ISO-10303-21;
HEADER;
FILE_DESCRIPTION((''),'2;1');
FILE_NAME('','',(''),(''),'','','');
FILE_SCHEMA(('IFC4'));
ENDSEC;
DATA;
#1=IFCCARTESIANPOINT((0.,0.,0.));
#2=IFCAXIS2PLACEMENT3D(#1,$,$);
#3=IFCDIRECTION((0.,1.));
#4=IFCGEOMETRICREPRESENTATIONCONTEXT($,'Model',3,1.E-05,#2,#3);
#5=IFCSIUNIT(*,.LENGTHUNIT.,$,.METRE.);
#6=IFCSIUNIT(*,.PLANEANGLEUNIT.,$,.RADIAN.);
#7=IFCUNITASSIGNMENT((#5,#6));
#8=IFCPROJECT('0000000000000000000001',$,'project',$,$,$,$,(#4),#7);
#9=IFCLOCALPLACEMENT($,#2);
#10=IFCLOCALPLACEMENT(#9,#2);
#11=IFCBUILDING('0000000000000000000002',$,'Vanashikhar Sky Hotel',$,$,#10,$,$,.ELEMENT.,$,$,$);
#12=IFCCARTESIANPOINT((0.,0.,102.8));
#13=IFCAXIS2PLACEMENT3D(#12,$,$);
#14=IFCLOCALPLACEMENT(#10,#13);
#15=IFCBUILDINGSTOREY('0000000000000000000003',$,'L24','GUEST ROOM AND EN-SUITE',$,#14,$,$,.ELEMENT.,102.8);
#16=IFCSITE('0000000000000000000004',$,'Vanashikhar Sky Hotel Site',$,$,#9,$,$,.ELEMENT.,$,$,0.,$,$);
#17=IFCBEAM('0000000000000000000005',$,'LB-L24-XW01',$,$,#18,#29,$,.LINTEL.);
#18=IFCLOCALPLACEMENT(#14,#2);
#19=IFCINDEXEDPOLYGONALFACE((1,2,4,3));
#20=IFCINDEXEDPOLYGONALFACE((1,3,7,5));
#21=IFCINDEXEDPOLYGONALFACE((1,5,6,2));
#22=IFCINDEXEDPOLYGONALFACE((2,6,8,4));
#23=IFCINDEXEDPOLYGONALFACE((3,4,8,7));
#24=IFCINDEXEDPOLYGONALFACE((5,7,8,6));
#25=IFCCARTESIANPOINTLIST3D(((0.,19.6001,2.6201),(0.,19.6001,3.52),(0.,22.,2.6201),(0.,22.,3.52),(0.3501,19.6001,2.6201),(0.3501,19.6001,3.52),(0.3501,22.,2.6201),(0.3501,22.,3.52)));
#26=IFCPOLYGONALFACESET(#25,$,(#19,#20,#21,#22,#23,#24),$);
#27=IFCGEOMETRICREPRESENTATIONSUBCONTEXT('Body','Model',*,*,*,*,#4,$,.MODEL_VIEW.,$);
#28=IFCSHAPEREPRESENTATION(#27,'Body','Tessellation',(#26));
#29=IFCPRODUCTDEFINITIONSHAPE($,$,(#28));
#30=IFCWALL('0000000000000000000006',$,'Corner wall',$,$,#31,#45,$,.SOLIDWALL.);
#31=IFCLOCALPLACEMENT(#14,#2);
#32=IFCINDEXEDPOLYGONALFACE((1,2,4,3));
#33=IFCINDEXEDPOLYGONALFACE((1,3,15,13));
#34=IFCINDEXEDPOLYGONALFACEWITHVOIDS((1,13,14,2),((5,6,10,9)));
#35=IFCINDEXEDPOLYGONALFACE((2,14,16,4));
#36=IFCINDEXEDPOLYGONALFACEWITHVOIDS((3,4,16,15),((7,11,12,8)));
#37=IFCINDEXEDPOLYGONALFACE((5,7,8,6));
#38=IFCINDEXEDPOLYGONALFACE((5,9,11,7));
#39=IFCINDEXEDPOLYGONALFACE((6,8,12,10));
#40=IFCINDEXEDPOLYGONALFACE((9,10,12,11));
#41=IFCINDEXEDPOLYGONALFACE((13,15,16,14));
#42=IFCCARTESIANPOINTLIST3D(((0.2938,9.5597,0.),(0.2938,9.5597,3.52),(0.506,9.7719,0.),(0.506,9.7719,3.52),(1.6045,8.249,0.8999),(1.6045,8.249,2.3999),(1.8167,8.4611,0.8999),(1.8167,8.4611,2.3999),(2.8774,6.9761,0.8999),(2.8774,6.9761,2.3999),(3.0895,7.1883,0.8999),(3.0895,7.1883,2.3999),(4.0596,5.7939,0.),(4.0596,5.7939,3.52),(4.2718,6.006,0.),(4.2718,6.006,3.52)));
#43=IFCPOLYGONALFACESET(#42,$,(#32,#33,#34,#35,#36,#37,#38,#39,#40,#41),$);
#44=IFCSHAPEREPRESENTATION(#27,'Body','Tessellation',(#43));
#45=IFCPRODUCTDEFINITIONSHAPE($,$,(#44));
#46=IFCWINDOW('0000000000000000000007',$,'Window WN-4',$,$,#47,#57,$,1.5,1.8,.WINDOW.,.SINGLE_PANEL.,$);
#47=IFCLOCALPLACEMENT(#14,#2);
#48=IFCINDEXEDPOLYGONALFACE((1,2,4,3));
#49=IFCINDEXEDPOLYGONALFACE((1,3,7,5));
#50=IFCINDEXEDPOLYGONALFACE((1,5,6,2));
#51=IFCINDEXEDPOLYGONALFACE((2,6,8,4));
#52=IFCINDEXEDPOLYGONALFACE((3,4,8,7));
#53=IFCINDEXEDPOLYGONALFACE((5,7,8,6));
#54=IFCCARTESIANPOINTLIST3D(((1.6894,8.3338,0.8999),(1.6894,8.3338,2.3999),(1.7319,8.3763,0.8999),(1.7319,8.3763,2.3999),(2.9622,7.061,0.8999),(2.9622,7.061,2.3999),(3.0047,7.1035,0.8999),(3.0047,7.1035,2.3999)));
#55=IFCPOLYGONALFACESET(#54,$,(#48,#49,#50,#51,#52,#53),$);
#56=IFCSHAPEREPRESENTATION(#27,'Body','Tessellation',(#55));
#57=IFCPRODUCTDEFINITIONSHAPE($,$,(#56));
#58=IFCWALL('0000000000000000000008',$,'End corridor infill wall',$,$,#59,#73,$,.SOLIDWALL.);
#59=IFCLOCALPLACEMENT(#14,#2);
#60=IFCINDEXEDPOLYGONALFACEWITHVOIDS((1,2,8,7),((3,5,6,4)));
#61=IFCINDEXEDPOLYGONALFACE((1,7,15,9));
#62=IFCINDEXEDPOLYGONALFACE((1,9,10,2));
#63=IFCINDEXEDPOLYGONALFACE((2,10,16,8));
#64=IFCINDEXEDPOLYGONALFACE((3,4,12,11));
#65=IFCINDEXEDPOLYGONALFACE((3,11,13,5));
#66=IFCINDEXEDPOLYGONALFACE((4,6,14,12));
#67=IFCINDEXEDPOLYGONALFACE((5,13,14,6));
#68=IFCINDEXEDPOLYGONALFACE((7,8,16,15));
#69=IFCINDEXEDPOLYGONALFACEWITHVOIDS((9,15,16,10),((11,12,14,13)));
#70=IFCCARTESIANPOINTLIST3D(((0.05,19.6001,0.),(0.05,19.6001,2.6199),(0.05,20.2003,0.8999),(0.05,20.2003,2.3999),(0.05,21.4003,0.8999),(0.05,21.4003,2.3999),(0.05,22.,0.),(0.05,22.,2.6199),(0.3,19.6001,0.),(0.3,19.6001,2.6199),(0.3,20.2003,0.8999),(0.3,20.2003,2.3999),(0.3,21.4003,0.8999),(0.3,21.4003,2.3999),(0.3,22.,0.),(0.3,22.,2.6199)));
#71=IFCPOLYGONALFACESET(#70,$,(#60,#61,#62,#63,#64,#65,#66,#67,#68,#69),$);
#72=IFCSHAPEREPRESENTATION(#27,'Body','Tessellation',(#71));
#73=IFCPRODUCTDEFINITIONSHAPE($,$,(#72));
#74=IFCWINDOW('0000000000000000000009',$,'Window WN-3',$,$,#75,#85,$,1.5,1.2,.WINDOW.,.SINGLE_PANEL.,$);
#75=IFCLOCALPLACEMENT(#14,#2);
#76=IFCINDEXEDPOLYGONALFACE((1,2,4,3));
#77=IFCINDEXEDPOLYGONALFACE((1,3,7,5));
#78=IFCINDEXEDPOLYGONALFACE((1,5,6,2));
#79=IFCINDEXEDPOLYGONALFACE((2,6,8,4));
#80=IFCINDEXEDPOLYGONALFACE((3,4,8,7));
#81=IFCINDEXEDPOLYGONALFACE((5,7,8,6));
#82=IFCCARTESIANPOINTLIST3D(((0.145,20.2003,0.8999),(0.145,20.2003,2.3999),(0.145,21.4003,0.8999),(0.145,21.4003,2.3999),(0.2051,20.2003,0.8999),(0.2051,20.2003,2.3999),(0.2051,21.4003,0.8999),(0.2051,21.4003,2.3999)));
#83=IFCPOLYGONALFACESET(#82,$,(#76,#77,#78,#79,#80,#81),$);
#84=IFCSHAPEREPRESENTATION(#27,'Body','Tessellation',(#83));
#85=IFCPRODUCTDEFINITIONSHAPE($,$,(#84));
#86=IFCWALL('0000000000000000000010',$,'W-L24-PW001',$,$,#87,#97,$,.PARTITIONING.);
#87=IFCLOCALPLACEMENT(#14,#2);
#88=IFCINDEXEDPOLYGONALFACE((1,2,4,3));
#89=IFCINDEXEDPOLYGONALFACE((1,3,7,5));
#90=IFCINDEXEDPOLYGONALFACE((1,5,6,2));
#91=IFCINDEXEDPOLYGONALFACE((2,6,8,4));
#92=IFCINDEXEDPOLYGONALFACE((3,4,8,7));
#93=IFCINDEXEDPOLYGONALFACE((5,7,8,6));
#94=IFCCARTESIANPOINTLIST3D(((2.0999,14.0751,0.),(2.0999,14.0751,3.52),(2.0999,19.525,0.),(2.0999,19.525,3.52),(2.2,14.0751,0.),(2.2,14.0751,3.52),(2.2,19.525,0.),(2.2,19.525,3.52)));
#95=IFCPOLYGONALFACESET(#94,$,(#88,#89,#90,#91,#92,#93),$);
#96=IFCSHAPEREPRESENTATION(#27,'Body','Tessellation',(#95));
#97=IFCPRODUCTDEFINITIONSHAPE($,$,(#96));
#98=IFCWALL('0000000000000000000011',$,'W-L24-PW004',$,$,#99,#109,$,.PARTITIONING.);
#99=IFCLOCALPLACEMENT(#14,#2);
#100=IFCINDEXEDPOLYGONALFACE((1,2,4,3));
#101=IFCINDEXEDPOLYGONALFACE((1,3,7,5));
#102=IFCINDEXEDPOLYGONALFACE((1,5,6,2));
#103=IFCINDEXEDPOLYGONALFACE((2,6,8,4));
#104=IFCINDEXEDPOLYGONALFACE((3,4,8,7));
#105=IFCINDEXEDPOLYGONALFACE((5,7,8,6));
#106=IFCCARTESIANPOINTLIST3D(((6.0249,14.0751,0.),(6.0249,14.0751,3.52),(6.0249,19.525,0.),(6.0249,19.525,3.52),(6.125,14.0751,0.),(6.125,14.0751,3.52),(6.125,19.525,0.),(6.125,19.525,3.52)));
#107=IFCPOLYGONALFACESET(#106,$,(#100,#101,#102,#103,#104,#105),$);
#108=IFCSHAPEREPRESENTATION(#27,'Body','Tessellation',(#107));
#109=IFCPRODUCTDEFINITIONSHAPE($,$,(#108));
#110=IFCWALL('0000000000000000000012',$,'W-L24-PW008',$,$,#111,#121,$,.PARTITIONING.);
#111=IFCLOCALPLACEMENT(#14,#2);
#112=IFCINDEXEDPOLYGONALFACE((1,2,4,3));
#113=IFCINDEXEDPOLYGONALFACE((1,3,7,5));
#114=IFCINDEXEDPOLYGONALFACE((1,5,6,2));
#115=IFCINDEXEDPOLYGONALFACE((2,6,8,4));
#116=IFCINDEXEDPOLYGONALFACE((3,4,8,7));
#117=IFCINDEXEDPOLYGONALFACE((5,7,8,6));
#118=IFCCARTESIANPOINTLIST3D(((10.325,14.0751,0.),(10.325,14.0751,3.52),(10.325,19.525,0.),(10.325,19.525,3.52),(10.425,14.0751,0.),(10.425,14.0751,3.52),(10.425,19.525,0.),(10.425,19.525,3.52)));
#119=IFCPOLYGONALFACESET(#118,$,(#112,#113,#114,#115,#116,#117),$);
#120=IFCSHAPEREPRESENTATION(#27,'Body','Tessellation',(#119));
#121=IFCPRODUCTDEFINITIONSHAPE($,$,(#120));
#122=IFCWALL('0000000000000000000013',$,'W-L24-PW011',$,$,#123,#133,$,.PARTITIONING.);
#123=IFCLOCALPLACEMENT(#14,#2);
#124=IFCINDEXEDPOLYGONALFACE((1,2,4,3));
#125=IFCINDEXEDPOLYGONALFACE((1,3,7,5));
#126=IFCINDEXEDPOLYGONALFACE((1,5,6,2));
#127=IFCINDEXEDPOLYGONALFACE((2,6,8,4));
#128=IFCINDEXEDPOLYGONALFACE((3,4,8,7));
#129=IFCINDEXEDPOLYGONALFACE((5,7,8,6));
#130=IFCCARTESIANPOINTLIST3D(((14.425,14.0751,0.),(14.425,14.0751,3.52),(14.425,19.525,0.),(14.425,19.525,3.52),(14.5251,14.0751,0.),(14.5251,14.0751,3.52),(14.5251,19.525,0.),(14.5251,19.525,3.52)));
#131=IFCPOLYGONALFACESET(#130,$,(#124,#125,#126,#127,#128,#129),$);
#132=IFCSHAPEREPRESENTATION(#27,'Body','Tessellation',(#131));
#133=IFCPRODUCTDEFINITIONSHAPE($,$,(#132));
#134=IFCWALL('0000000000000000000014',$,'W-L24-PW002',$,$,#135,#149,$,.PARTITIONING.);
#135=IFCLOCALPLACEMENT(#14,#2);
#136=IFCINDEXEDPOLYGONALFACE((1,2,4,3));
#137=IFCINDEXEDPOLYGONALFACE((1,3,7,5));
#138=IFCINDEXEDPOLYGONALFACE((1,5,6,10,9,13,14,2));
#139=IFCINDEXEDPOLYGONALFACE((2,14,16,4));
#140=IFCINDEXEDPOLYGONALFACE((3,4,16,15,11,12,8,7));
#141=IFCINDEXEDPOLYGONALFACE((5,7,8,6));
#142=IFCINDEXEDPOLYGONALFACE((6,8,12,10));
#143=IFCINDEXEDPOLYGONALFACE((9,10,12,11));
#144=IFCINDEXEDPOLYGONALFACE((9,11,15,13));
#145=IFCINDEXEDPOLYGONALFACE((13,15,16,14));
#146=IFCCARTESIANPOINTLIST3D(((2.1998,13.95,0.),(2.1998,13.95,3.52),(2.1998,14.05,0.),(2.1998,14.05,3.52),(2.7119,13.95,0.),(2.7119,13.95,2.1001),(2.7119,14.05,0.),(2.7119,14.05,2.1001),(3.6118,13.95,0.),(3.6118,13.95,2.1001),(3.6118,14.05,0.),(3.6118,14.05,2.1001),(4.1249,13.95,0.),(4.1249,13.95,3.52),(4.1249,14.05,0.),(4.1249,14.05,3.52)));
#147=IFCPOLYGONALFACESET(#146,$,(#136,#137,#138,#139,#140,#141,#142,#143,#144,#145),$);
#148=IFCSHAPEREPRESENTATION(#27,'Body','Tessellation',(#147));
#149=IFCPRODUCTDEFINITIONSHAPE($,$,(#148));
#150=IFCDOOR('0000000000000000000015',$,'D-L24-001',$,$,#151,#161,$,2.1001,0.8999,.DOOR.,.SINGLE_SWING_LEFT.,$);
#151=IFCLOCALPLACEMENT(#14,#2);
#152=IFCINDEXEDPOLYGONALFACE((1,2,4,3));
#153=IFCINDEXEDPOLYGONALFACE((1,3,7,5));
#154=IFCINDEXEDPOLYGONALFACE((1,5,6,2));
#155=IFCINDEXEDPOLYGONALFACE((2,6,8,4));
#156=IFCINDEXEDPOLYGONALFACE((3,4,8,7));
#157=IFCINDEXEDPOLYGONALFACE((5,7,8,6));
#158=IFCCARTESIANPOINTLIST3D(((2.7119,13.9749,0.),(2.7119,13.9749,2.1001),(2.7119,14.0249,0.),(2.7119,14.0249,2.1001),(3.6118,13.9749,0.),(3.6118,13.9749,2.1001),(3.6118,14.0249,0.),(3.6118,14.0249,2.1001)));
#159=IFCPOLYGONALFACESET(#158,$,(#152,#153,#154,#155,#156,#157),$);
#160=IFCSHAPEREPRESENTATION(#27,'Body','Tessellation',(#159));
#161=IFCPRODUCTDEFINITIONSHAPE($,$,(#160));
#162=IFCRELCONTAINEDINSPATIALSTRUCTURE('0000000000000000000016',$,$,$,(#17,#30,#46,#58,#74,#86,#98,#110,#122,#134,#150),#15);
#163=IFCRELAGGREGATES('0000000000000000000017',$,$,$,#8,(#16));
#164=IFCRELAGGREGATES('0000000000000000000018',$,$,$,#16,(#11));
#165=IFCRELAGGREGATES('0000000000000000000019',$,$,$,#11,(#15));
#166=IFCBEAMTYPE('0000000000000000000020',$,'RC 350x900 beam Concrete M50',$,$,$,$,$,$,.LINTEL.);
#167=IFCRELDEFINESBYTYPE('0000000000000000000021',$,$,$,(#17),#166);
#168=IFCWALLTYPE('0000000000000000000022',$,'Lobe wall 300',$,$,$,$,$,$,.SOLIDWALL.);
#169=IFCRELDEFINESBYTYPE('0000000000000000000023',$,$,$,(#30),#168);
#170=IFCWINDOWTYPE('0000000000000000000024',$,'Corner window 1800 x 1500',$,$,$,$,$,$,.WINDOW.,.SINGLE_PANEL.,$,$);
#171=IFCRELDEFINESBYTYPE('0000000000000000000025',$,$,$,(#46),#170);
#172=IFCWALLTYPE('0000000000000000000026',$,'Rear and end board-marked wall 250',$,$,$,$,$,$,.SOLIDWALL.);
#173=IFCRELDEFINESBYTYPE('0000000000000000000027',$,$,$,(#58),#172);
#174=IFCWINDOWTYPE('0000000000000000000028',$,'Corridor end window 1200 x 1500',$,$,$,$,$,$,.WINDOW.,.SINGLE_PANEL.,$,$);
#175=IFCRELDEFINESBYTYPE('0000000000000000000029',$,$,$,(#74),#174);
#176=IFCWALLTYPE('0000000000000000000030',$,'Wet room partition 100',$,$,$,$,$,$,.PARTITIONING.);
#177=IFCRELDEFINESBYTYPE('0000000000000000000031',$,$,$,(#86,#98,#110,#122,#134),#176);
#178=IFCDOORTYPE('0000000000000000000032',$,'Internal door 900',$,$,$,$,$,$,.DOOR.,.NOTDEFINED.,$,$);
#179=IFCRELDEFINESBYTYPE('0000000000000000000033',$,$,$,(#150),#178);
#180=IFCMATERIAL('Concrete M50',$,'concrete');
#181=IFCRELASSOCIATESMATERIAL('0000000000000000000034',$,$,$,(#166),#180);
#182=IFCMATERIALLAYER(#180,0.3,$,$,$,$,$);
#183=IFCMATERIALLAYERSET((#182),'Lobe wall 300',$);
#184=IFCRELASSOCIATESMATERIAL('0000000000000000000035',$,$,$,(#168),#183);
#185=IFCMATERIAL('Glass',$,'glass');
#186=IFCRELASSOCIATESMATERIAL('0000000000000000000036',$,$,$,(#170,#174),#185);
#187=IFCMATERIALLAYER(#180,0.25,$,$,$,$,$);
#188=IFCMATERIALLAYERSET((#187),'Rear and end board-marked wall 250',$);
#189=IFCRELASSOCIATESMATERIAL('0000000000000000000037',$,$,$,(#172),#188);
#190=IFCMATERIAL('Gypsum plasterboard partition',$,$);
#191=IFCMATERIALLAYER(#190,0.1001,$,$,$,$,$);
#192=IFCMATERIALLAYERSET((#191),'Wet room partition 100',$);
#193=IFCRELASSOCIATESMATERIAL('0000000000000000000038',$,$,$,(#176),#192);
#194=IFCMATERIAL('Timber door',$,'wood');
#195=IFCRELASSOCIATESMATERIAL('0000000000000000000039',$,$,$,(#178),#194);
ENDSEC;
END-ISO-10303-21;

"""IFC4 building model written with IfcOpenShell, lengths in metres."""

from ifc_helpers import new_model, si_unit, direction, frame, frame_2d, origin, origin_2d, place, context, subcontext, project, spatial, rectangle, extrude, source, transform, mapped, material, layer, layer_set, material_profile, profile_set, type_object, element, fill, save


model = new_model("IFC4")

# Units and contexts
model_context = context("Model", 3, precision=1e-05, world=origin(), true_north=direction((0.0, 1.0)))
body_context = subcontext(model_context, "Body", "Model", "MODEL_VIEW")
ifc_project = project(units=[si_unit("LENGTHUNIT", "METRE"), si_unit("PLANEANGLEUNIT", "RADIAN")], contexts=[model_context])

# Site, building, storey
site_placement = place(None, origin())
site = spatial("IfcSite", under=ifc_project, at=site_placement, Name="Vanashikhar Sky Hotel Site", CompositionType="ELEMENT", RefElevation=0.0)
building_placement = place(site_placement, origin())
building = spatial("IfcBuilding", under=site, at=building_placement, Name="Vanashikhar Sky Hotel", CompositionType="ELEMENT")
storey_placement = place(building_placement, frame((0.0, 0.0, 102.8)))
storey = spatial("IfcBuildingStorey", under=building, at=storey_placement, Name="L24", Description="GUEST ROOM AND EN-SUITE", CompositionType="ELEMENT", Elevation=102.8)

# Beam
ifc_material_1 = material(Name="Concrete M50", Category="concrete")
ifc_material_profile = material_profile(ifc_material_1, rectangle(XDim=0.3501, YDim=0.8999, at=origin_2d()))
ifc_profile_set = profile_set([ifc_material_profile], Name="RC 350x900 beam Concrete M50")
beam_type = type_object("IfcBeamType", Name="RC 350x900 beam Concrete M50", PredefinedType="LINTEL", material=ifc_profile_set)
shared_shape_1 = source(origin(), body_context, "Body", "SweptSolid", [
    extrude(rectangle(XDim=0.3501, YDim=0.8999, at=origin_2d()), origin(), (0.0, 0.0, 1.0), 2.3999),
])
beam_placement = place(storey_placement, frame((0.175, 19.6001, 3.0701), z_axis=(0.0, 1.0, 0.0), x_axis=(-1.0, 0.0, 0.0)))
element("IfcBeam", 1, at=beam_placement, inside=storey, type_object=beam_type, Name="LB-L24-XW01", PredefinedType="LINTEL", context=body_context, shape_type="MappedRepresentation", body=[
    mapped(shared_shape_1, transform((0.0, 0.0, 0.0), scale=1.0)),
])

# Walls, openings, windows
ifc_layer_1 = layer(ifc_material_1, 0.3)
ifc_layer_set_1 = layer_set([ifc_layer_1], Name="Lobe wall 300")
wall_type_1 = type_object("IfcWallType", Name="Lobe wall 300", PredefinedType="SOLIDWALL", material=ifc_layer_set_1)
shared_shape_2 = source(origin(), body_context, "Body", "SweptSolid", [
    extrude(rectangle(XDim=5.3257, YDim=0.3, at=frame_2d((2.6628, 0.0))), origin(), (0.0, 0.0, 1.0), 3.52),
])
wall_1_placement = place(storey_placement, frame((0.3999, 9.6658, 0.0), z_axis=(0.0, 0.0, 1.0), x_axis=(0.707107, -0.707107, 0.0)))
wall_1 = element("IfcWall", 2, at=wall_1_placement, inside=storey, type_object=wall_type_1, Name="Corner wall", PredefinedType="SOLIDWALL", context=body_context, shape_type="MappedRepresentation", body=[
    mapped(shared_shape_2, transform((0.0, 0.0, 0.0), scale=1.0)),
])
shared_shape_3 = source(origin(), body_context, "Body", "SweptSolid", [
    extrude(rectangle(XDim=1.8, YDim=1.5, at=frame_2d((0.8999, 0.75))), frame((0.0, 0.1602, 0.0), z_axis=(0.0, -1.0, 0.0), x_axis=(1.0, 0.0, 0.0)), (0.0, 0.0, 1.0), 0.3201),
])
opening_1_placement = place(wall_1_placement, frame((1.8538, 0.0, 0.8999)))
opening_1 = element("IfcOpeningElement", 3, at=opening_1_placement, cuts=wall_1, PredefinedType="OPENING", context=body_context, shape_type="MappedRepresentation", body=[
    mapped(shared_shape_3, transform((0.0, 0.0, 0.0), scale=1.0)),
])
ifc_material_2 = material(Name="Glass", Category="glass")
window_type_1 = type_object("IfcWindowType", Name="Corner window 1800 x 1500", PartitioningType="SINGLE_PANEL", PredefinedType="WINDOW", material=ifc_material_2)
shared_shape_4 = source(origin(), body_context, "Body", "SweptSolid", [
    extrude(rectangle(XDim=1.8, YDim=1.5, at=frame_2d((0.8999, 0.75))), frame((0.0, 0.03, 0.0), z_axis=(0.0, -1.0, 0.0), x_axis=(1.0, 0.0, 0.0)), (0.0, 0.0, 1.0), 0.0601),
])
window_1_placement = place(opening_1_placement, origin())
window_1 = element("IfcWindow", 4, at=window_1_placement, inside=storey, type_object=window_type_1, Name="Window WN-4", OverallHeight=1.5, OverallWidth=1.8, PartitioningType="SINGLE_PANEL", PredefinedType="WINDOW", context=body_context, shape_type="MappedRepresentation", body=[
    mapped(shared_shape_4, transform((0.0, 0.0, 0.0), scale=1.0)),
])
fill(opening_1, window_1)
ifc_layer_2 = layer(ifc_material_1, 0.25)
ifc_layer_set_2 = layer_set([ifc_layer_2], Name="Rear and end board-marked wall 250")
wall_type_2 = type_object("IfcWallType", Name="Rear and end board-marked wall 250", PredefinedType="SOLIDWALL", material=ifc_layer_set_2)
shared_shape_5 = source(origin(), body_context, "Body", "SweptSolid", [
    extrude(rectangle(XDim=2.3999, YDim=0.25, at=frame_2d((1.2, 0.0))), origin(), (0.0, 0.0, 1.0), 2.6199),
])
wall_2_placement = place(storey_placement, frame((0.175, 19.6001, 0.0), z_axis=(0.0, 0.0, 1.0), x_axis=(0.0, 1.0, 0.0)))
wall_2 = element("IfcWall", 5, at=wall_2_placement, inside=storey, type_object=wall_type_2, Name="End corridor infill wall", PredefinedType="SOLIDWALL", context=body_context, shape_type="MappedRepresentation", body=[
    mapped(shared_shape_5, transform((0.0, 0.0, 0.0), scale=1.0)),
])
shared_shape_6 = source(origin(), body_context, "Body", "SweptSolid", [
    extrude(rectangle(XDim=1.2, YDim=1.5, at=frame_2d((0.6001, 0.75))), frame((0.0, 0.135, 0.0), z_axis=(0.0, -1.0, 0.0), x_axis=(1.0, 0.0, 0.0)), (0.0, 0.0, 1.0), 0.27),
])
opening_2_placement = place(wall_2_placement, frame((0.6001, 0.0, 0.8999)))
opening_2 = element("IfcOpeningElement", 6, at=opening_2_placement, cuts=wall_2, PredefinedType="OPENING", context=body_context, shape_type="MappedRepresentation", body=[
    mapped(shared_shape_6, transform((0.0, 0.0, 0.0), scale=1.0)),
])
window_type_2 = type_object("IfcWindowType", Name="Corridor end window 1200 x 1500", PartitioningType="SINGLE_PANEL", PredefinedType="WINDOW", material=ifc_material_2)
shared_shape_7 = source(origin(), body_context, "Body", "SweptSolid", [
    extrude(rectangle(XDim=1.2, YDim=1.5, at=frame_2d((0.6001, 0.75))), frame((0.0, 0.03, 0.0), z_axis=(0.0, -1.0, 0.0), x_axis=(1.0, 0.0, 0.0)), (0.0, 0.0, 1.0), 0.0601),
])
window_2_placement = place(opening_2_placement, origin())
window_2 = element("IfcWindow", 7, at=window_2_placement, inside=storey, type_object=window_type_2, Name="Window WN-3", OverallHeight=1.5, OverallWidth=1.2, PartitioningType="SINGLE_PANEL", PredefinedType="WINDOW", context=body_context, shape_type="MappedRepresentation", body=[
    mapped(shared_shape_7, transform((0.0, 0.0, 0.0), scale=1.0)),
])
fill(opening_2, window_2)

# Walls
ifc_material_3 = material(Name="Gypsum plasterboard partition")
ifc_layer_3 = layer(ifc_material_3, 0.1001)
ifc_layer_set_3 = layer_set([ifc_layer_3], Name="Wet room partition 100")
wall_type_3 = type_object("IfcWallType", Name="Wet room partition 100", PredefinedType="PARTITIONING", material=ifc_layer_set_3)
shared_shape_8 = source(origin(), body_context, "Body", "SweptSolid", [
    extrude(rectangle(XDim=5.45, YDim=0.1001, at=frame_2d((2.7251, 0.0))), origin(), (0.0, 0.0, 1.0), 3.52),
])
for number, where, z_axis, x_axis, name in (
    (8, (2.1499, 14.075, 0.0), (0.0, 0.0, 1.0), (0.0, 1.0, 0.0), "W-L24-PW001"),
    (9, (6.075, 14.075, 0.0), (0.0, 0.0, 1.0), (0.0, 1.0, 0.0), "W-L24-PW004"),
    (10, (10.375, 14.075, 0.0), (0.0, 0.0, 1.0), (0.0, 1.0, 0.0), "W-L24-PW008"),
    (11, (14.4751, 14.075, 0.0), (0.0, 0.0, 1.0), (0.0, 1.0, 0.0), "W-L24-PW011"),
):
    element("IfcWall", number, at=place(storey_placement, frame(where, z_axis=z_axis, x_axis=x_axis)), inside=storey, type_object=wall_type_3, Name=name, PredefinedType="PARTITIONING", context=body_context, shape_type="MappedRepresentation", body=[
        mapped(shared_shape_8, transform((0.0, 0.0, 0.0), scale=1.0)),
    ])

# Wall, opening, door
shared_shape_9 = source(origin(), body_context, "Body", "SweptSolid", [
    extrude(rectangle(XDim=1.925, YDim=0.1001, at=frame_2d((0.9624, 0.0))), origin(), (0.0, 0.0, 1.0), 3.52),
])
wall_3_placement = place(storey_placement, frame((2.2, 14.0, 0.0), z_axis=(0.0, 0.0, 1.0), x_axis=(1.0, 0.0, 0.0)))
wall_3 = element("IfcWall", 12, at=wall_3_placement, inside=storey, type_object=wall_type_3, Name="W-L24-PW002", PredefinedType="PARTITIONING", context=body_context, shape_type="MappedRepresentation", body=[
    mapped(shared_shape_9, transform((0.0, 0.0, 0.0), scale=1.0)),
])
shared_shape_10 = source(origin(), body_context, "Body", "SweptSolid", [
    extrude(rectangle(XDim=0.8999, YDim=2.1001, at=frame_2d((0.45, 1.05))), frame((0.0, 0.0601, 0.0), z_axis=(0.0, -1.0, 0.0), x_axis=(1.0, 0.0, 0.0)), (0.0, 0.0, 1.0), 0.1201),
])
opening_3_placement = place(wall_3_placement, frame((0.512, 0.0, 0.0)))
opening_3 = element("IfcOpeningElement", 13, at=opening_3_placement, cuts=wall_3, PredefinedType="OPENING", context=body_context, shape_type="MappedRepresentation", body=[
    mapped(shared_shape_10, transform((0.0, 0.0, 0.0), scale=1.0)),
])
ifc_material_4 = material(Name="Timber door", Category="wood")
door_type_1 = type_object("IfcDoorType", Name="Internal door 900", OperationType="NOTDEFINED", PredefinedType="DOOR", material=ifc_material_4)
shared_shape_11 = source(origin(), body_context, "Body", "SweptSolid", [
    extrude(rectangle(XDim=0.8999, YDim=2.1001, at=frame_2d((0.45, 1.05))), frame((0.0, 0.0249, 0.0), z_axis=(0.0, -1.0, 0.0), x_axis=(1.0, 0.0, 0.0)), (0.0, 0.0, 1.0), 0.05),
])
door_1_placement = place(opening_3_placement, origin())
door_1 = element("IfcDoor", 14, at=door_1_placement, inside=storey, type_object=door_type_1, Name="D-L24-001", OperationType="SINGLE_SWING_LEFT", OverallHeight=2.1001, OverallWidth=0.8999, PredefinedType="DOOR", context=body_context, shape_type="MappedRepresentation", body=[
    mapped(shared_shape_11, transform((0.0, 0.0, 0.0), scale=1.0)),
])
fill(opening_3, door_1)

save(model, "model.ifc")
